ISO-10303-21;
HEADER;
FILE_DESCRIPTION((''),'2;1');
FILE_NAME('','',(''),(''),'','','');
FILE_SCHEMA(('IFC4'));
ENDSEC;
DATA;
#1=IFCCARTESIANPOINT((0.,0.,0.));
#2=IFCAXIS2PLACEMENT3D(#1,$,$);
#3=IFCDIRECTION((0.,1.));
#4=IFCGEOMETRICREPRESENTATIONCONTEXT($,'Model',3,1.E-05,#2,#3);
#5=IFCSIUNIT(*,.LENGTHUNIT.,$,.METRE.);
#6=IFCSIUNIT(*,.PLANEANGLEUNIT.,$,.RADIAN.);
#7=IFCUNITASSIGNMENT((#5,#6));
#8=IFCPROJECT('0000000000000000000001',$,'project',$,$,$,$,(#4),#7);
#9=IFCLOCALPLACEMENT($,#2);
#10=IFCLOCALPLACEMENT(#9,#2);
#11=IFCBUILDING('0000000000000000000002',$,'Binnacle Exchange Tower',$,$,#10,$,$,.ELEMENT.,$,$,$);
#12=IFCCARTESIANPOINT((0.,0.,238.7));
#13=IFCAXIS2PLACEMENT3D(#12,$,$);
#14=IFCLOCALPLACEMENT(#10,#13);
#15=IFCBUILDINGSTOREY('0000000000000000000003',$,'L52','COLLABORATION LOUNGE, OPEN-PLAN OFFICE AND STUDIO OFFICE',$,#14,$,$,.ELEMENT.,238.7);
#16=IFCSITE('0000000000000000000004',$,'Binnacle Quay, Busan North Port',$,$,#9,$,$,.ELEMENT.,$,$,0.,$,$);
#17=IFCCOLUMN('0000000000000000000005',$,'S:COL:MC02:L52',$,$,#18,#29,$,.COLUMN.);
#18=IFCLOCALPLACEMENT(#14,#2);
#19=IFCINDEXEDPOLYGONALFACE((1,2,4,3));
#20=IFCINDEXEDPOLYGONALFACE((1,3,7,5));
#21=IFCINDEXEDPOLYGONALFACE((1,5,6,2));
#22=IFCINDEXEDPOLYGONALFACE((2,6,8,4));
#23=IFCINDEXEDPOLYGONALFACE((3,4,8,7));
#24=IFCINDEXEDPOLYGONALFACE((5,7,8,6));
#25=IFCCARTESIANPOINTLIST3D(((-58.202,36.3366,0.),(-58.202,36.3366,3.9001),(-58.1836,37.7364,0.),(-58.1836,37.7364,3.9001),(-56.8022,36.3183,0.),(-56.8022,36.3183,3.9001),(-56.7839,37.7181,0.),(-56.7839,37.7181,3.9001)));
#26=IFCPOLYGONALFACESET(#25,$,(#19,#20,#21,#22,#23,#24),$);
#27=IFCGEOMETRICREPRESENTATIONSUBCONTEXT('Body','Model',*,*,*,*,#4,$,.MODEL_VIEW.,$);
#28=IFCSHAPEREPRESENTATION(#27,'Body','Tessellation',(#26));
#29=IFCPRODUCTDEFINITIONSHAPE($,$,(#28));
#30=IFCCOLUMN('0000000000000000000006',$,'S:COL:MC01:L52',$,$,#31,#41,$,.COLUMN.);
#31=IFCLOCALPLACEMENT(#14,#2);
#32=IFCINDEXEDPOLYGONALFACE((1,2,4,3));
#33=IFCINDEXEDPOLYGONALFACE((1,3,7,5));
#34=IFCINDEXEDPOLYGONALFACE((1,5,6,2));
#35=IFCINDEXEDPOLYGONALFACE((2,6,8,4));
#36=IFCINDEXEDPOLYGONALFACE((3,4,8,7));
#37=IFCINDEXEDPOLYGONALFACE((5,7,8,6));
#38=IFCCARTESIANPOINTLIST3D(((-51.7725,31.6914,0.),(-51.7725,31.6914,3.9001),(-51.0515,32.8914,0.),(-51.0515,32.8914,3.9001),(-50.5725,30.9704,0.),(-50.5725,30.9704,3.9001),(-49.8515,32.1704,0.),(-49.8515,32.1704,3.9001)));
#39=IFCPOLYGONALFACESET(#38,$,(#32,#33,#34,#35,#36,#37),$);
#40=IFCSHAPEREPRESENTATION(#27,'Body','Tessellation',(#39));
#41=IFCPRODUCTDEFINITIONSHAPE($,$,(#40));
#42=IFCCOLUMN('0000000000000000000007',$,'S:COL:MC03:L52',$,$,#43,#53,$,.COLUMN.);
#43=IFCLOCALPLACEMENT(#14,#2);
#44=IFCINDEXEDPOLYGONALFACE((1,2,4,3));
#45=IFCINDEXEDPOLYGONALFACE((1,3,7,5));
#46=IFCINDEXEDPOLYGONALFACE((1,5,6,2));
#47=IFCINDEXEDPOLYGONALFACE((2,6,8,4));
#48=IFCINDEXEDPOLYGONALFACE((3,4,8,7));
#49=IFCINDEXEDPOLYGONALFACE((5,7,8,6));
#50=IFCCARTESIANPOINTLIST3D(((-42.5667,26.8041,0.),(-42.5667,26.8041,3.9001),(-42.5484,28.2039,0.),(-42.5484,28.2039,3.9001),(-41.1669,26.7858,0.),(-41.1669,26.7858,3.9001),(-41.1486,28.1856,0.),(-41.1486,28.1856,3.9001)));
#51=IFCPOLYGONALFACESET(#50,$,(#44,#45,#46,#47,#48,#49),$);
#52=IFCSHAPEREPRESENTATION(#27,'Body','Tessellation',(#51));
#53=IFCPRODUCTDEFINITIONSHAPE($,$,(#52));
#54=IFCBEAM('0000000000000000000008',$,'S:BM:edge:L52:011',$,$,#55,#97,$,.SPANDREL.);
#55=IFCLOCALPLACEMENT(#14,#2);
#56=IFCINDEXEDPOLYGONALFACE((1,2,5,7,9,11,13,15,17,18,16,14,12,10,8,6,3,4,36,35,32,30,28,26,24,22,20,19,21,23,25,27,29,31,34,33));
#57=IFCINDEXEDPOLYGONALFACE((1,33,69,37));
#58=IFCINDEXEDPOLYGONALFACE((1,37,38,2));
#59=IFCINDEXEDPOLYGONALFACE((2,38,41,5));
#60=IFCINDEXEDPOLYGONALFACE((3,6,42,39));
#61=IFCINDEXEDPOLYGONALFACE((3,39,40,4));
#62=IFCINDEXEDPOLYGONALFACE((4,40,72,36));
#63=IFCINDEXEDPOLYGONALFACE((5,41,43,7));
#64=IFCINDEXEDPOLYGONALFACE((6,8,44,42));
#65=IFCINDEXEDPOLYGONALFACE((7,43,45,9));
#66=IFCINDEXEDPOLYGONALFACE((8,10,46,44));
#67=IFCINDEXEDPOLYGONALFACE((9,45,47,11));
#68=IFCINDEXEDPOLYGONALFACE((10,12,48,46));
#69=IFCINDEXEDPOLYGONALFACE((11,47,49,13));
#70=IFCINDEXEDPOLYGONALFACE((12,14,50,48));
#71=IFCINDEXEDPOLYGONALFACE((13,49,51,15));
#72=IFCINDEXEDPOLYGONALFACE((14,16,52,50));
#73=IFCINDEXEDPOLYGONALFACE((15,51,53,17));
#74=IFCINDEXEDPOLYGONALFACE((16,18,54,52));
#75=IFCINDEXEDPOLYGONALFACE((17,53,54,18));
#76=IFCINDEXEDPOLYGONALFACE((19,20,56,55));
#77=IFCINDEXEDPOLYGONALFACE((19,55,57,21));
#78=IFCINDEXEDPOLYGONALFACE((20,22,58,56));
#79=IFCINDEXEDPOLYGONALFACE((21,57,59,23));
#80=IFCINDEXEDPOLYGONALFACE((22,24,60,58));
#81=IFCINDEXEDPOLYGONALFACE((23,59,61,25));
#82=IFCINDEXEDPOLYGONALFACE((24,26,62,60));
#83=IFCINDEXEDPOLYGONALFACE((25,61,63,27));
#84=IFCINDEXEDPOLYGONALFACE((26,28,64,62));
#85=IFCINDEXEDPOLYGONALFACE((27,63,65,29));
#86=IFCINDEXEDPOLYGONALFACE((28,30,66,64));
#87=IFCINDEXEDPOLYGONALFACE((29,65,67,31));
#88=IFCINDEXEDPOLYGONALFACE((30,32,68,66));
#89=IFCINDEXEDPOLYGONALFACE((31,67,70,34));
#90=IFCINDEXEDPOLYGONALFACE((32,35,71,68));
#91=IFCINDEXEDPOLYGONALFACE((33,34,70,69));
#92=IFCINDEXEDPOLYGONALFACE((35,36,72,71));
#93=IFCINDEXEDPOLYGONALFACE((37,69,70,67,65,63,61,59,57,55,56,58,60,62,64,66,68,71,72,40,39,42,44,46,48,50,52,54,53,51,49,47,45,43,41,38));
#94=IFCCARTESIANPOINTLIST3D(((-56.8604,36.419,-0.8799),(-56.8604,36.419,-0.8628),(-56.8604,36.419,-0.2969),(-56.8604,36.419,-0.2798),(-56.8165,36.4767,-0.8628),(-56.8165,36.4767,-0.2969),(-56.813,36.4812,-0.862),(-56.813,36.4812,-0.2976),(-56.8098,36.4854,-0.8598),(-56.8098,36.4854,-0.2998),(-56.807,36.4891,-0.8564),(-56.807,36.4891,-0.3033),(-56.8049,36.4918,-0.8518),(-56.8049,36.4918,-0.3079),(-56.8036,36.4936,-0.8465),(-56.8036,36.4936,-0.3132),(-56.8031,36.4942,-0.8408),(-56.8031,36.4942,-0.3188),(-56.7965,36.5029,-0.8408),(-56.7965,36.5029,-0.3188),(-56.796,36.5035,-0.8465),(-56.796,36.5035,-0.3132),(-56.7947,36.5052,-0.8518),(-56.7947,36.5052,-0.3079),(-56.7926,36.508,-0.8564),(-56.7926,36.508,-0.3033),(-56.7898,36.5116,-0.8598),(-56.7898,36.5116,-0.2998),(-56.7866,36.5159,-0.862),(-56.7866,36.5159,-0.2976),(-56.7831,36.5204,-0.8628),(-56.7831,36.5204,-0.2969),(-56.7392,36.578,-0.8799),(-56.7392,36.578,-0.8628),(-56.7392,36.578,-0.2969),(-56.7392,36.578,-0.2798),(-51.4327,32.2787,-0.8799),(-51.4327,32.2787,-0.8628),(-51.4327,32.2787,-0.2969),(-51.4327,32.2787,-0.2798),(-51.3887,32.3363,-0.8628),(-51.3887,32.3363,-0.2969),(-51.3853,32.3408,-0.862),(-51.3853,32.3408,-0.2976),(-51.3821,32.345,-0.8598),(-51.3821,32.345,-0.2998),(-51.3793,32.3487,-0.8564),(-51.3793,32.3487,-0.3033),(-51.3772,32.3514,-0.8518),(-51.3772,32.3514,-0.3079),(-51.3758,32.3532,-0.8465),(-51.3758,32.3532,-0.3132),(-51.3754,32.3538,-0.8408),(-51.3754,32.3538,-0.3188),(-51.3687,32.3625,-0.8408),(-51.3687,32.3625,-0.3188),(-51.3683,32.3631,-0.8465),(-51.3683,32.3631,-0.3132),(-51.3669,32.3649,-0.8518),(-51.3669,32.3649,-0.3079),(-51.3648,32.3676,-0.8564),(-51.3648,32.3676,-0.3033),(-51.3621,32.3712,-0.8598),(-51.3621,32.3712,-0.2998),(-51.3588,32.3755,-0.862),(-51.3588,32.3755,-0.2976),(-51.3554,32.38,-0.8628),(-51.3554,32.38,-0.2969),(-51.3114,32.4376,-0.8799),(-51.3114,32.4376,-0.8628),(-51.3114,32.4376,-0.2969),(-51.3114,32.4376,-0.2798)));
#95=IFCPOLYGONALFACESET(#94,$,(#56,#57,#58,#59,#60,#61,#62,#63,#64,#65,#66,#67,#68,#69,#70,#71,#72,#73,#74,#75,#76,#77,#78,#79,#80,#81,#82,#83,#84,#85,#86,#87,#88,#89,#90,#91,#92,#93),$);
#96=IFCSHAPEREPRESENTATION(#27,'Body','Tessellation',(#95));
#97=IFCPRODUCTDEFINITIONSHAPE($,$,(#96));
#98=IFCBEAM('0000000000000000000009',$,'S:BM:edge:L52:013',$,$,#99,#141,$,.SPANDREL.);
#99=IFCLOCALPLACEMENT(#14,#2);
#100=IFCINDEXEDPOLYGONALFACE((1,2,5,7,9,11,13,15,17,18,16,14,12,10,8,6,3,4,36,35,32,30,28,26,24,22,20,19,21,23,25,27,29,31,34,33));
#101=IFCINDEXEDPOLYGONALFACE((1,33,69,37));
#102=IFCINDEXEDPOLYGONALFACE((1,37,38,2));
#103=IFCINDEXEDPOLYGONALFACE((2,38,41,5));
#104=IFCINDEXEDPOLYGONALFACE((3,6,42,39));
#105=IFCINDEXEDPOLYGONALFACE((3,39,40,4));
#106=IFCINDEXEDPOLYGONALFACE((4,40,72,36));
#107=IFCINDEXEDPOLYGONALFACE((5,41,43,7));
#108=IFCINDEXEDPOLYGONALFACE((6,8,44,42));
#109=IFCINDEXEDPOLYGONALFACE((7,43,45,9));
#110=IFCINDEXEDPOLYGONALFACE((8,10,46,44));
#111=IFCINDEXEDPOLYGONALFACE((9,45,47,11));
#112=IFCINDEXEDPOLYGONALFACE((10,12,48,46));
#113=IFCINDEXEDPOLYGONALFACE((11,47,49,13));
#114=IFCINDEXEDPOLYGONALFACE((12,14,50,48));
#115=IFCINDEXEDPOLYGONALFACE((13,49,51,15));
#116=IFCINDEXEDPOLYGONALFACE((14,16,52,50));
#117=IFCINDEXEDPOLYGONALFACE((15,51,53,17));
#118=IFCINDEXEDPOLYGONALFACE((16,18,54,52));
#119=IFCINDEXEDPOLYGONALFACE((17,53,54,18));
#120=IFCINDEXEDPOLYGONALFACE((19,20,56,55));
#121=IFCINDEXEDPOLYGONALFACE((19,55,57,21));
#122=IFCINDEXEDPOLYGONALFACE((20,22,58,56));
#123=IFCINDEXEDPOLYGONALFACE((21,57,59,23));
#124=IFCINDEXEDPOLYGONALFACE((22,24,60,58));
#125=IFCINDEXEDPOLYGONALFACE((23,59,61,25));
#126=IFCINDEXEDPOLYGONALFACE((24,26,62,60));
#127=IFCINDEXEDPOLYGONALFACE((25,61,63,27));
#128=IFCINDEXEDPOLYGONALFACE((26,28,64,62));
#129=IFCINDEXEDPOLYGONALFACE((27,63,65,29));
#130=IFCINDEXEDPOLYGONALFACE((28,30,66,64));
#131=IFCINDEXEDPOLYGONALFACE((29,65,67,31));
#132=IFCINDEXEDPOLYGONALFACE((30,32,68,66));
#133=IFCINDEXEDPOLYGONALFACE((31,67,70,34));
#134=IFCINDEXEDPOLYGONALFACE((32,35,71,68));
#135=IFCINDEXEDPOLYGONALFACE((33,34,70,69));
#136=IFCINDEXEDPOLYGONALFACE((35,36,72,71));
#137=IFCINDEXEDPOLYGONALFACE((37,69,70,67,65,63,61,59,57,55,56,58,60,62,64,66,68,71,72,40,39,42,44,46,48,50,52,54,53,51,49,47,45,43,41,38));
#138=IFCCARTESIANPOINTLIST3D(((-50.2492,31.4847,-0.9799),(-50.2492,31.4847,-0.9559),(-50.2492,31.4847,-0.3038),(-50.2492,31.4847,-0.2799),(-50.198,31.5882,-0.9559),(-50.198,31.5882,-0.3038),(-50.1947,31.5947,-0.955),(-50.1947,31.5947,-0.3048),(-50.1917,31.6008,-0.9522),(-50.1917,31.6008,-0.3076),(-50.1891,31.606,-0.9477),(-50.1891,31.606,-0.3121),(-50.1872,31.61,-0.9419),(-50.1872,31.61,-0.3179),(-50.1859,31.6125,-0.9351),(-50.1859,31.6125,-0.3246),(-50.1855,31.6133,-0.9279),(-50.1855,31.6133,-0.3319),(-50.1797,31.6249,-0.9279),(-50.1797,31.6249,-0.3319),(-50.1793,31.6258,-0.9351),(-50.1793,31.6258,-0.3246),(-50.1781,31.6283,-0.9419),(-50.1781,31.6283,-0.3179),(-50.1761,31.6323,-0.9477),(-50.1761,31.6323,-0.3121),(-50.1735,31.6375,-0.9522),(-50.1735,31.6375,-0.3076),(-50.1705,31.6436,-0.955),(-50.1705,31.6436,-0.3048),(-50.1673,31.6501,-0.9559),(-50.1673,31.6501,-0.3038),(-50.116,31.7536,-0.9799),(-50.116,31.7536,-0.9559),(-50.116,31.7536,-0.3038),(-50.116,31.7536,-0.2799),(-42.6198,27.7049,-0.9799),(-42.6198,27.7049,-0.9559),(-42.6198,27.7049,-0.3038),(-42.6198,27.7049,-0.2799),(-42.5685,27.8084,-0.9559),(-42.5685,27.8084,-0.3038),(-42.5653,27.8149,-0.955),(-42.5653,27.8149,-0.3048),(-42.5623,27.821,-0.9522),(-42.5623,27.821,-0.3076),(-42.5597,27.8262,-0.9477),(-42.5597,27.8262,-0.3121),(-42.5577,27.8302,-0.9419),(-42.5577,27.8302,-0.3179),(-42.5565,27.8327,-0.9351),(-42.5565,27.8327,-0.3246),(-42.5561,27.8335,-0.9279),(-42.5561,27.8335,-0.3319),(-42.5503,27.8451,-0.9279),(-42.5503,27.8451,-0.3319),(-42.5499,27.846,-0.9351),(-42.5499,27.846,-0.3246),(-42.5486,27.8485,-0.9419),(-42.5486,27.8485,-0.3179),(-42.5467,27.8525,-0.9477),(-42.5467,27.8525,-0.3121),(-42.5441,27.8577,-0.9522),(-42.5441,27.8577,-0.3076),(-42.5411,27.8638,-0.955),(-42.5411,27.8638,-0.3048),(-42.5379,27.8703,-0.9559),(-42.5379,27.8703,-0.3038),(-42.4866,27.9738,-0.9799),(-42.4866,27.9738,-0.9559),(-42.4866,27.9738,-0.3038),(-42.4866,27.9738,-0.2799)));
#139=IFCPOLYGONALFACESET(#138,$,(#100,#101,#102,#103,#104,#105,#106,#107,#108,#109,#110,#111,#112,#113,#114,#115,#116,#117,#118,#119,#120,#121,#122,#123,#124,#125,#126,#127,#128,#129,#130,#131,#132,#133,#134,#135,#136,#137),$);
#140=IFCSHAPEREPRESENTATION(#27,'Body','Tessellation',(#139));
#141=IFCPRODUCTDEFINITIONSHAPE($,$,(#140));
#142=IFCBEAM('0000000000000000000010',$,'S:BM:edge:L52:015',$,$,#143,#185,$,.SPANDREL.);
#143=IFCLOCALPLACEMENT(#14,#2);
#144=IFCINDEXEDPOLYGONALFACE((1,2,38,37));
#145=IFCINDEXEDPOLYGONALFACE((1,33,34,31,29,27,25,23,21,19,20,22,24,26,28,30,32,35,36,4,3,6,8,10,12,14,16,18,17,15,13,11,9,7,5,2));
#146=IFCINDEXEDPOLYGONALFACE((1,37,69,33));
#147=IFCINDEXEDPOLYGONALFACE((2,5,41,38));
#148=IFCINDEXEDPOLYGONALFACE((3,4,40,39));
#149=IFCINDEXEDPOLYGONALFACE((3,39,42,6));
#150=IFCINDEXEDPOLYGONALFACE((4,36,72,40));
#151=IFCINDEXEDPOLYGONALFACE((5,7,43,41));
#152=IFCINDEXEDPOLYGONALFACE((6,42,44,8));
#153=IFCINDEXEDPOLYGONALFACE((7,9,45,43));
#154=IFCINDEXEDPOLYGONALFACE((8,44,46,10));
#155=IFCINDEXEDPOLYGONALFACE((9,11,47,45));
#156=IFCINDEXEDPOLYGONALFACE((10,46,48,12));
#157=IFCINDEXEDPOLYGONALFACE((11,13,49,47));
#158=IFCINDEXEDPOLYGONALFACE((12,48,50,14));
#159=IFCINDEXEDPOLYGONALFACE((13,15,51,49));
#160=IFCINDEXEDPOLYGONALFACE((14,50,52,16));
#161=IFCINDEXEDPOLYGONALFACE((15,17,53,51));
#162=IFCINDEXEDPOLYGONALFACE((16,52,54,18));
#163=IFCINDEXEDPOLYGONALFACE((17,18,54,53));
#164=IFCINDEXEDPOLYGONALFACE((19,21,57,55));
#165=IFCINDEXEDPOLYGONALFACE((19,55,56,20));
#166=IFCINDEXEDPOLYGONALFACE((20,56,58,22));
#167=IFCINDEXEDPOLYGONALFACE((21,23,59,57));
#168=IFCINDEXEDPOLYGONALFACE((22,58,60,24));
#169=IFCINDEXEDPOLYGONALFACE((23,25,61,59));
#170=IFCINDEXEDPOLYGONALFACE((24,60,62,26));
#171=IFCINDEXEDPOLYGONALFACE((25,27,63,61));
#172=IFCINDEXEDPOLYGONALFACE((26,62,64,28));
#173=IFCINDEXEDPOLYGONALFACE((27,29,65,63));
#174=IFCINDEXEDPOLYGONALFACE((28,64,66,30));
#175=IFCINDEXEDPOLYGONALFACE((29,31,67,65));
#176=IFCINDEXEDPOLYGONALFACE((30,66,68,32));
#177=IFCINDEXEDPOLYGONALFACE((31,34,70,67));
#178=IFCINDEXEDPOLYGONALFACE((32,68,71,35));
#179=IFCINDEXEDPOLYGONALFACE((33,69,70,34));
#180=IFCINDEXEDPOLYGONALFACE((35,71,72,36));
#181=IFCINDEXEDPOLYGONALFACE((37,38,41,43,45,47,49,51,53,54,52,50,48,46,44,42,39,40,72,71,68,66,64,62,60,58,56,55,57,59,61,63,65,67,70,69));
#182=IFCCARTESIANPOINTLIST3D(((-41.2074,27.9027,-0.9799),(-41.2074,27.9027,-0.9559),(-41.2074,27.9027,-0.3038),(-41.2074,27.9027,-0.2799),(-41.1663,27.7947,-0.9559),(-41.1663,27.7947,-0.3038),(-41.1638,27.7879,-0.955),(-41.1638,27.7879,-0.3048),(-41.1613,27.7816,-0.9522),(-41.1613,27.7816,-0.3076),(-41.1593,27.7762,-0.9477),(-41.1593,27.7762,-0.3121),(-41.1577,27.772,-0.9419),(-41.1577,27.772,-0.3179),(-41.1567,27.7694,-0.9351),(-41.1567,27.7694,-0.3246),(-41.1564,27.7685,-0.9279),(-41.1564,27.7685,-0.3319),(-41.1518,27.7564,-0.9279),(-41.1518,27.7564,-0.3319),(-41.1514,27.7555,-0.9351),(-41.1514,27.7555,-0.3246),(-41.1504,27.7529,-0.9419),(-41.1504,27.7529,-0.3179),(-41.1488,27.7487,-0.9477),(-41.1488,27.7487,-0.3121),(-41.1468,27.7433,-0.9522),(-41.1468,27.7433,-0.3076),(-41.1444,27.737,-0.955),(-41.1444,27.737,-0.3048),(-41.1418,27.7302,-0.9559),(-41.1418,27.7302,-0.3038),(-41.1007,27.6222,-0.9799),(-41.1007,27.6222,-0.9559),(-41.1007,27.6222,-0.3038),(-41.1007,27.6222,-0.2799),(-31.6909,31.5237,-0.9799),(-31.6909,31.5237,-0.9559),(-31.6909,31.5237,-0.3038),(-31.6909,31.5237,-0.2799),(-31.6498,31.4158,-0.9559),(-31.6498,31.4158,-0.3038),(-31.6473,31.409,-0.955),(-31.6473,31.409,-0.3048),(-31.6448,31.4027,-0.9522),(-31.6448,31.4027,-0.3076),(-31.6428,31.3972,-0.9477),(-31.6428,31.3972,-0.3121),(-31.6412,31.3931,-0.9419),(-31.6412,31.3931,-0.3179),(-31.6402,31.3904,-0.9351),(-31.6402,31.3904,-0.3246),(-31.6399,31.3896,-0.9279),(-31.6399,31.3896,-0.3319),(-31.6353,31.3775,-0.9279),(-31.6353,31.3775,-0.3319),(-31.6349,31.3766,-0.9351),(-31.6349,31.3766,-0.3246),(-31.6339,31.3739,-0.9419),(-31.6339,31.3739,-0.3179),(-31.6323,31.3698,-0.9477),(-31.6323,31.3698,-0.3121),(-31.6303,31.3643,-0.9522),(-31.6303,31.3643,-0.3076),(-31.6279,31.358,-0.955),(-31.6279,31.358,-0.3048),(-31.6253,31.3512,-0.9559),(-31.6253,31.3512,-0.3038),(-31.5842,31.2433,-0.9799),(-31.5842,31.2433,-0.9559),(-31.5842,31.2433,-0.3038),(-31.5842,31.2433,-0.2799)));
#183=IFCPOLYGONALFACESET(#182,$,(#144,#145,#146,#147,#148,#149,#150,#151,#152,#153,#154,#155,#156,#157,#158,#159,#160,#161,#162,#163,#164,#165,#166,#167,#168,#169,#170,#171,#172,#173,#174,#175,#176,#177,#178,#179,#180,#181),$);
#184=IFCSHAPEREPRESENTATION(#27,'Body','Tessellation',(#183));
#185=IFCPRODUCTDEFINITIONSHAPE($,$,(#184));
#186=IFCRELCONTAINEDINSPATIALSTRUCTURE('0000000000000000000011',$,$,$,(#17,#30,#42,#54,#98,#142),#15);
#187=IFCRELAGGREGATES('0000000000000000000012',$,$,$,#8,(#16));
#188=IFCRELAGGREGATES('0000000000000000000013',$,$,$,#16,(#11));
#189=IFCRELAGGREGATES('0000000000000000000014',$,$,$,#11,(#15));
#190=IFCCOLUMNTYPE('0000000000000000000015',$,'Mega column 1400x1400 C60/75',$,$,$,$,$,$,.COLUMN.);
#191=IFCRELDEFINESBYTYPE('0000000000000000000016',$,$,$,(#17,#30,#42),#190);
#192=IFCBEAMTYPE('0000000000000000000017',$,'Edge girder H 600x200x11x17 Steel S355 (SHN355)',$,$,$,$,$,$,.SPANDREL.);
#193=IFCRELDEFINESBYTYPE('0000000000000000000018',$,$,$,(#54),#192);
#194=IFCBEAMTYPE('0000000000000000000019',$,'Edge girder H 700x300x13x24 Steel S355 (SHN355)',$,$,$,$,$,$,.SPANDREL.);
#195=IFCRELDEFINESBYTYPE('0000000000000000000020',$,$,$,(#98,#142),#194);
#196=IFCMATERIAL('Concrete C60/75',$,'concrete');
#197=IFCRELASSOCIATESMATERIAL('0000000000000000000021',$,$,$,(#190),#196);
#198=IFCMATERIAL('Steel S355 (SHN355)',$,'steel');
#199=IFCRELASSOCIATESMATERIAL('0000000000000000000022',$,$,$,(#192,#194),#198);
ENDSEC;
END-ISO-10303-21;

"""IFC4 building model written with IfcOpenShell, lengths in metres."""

from ifc_helpers import new_model, si_unit, direction, frame, origin, origin_2d, place, context, subcontext, project, spatial, rectangle, i_section, extrude, material, material_profile, profile_set, type_object, element, save


model = new_model("IFC4")

# Units and contexts
model_context = context("Model", 3, precision=1e-05, world=origin(), true_north=direction((0.0, 1.0)))
body_context = subcontext(model_context, "Body", "Model", "MODEL_VIEW")
ifc_project = project(units=[si_unit("LENGTHUNIT", "METRE"), si_unit("PLANEANGLEUNIT", "RADIAN")], contexts=[model_context])

# Site, building, storey
site_placement = place(None, origin())
site = spatial("IfcSite", under=ifc_project, at=site_placement, Name="Binnacle Quay, Busan North Port", CompositionType="ELEMENT", RefElevation=0.0)
building_placement = place(site_placement, origin())
building = spatial("IfcBuilding", under=site, at=building_placement, Name="Binnacle Exchange Tower", CompositionType="ELEMENT")
storey_placement = place(building_placement, frame((0.0, 0.0, 238.7)))
storey = spatial("IfcBuildingStorey", under=building, at=storey_placement, Name="L52", Description="COLLABORATION LOUNGE, OPEN-PLAN OFFICE AND STUDIO OFFICE", CompositionType="ELEMENT", Elevation=238.7)

# Columns
ifc_material_1 = material(Name="Concrete C60/75", Category="concrete")
ifc_material_profile_1 = material_profile(ifc_material_1, rectangle(XDim=1.3999, YDim=1.3999, at=origin_2d()), Name="Mega column 1400x1400 C60/75")
ifc_profile_set_1 = profile_set([ifc_material_profile_1], Name="Concrete C60/75")
column_type = type_object("IfcColumnType", Name="Mega column 1400x1400 C60/75", PredefinedType="COLUMN", material=ifc_profile_set_1)
for number, where, z_axis, x_axis, name in (
    (1, (-57.4929, 37.0273, 0.0), (0.0, 0.0, 1.0), (-0.01309, -0.999914, 0.0), "S:COL:MC02:L52"),
    (2, (-50.812, 31.9309, 0.0), (0.0, 0.0, 1.0), (0.857167, -0.515038, 0.0), "S:COL:MC01:L52"),
    (3, (-41.8577, 27.4949, 0.0), (0.0, 0.0, 1.0), (0.999914, -0.01309, 0.0), "S:COL:MC03:L52"),
):
    element("IfcColumn", number, at=place(storey_placement, frame(where, z_axis=z_axis, x_axis=x_axis)), inside=storey, type_object=column_type, Name=name, PredefinedType="COLUMN", context=body_context, shape_type="SweptSolid", body=[
        extrude(rectangle(XDim=1.3999, YDim=1.3999, at=origin_2d()), origin(), (0.0, 0.0, 1.0), 3.9001),
    ])

# Beams
ifc_material_2 = material(Name="Steel S355 (SHN355)", Category="steel")
ifc_material_profile_2 = material_profile(ifc_material_2, i_section(OverallWidth=0.2, OverallDepth=0.6001, WebThickness=0.011, FlangeThickness=0.0171, FilletRadius=0.022, at=origin_2d()), Name="H 600x200x11x17")
ifc_profile_set_2 = profile_set([ifc_material_profile_2], Name="Steel S355 (SHN355)")
beam_type_1 = type_object("IfcBeamType", Name="Edge girder H 600x200x11x17 Steel S355 (SHN355)", PredefinedType="SPANDREL", material=ifc_profile_set_2)
beam_1_placement = place(storey_placement, frame((-56.7998, 36.4985, -0.5798), z_axis=(0.795081, -0.606503, 0.0), x_axis=(0.606503, 0.795081, 0.0)))
element("IfcBeam", 4, at=beam_1_placement, inside=storey, type_object=beam_type_1, Name="S:BM:edge:L52:011", PredefinedType="SPANDREL", context=body_context, shape_type="SweptSolid", body=[
    extrude(i_section(OverallWidth=0.2, OverallDepth=0.6001, WebThickness=0.011, FlangeThickness=0.0171, FilletRadius=0.022, at=origin_2d()), origin(), (0.0, 0.0, 1.0), 6.8267),
])
ifc_material_profile_3 = material_profile(ifc_material_2, i_section(OverallWidth=0.3, OverallDepth=0.7, WebThickness=0.0129, FlangeThickness=0.0239, FilletRadius=0.0281, at=origin_2d()), Name="H 700x300x13x24")
ifc_profile_set_3 = profile_set([ifc_material_profile_3], Name="Steel S355 (SHN355)")
beam_type_2 = type_object("IfcBeamType", Name="Edge girder H 700x300x13x24 Steel S355 (SHN355)", PredefinedType="SPANDREL", material=ifc_profile_set_3)
beam_2_placement = place(storey_placement, frame((-50.1826, 31.6191, -0.6299), z_axis=(0.896061, -0.44393, 0.0), x_axis=(0.44393, 0.896061, 0.0)))
element("IfcBeam", 5, at=beam_2_placement, inside=storey, type_object=beam_type_2, Name="S:BM:edge:L52:013", PredefinedType="SPANDREL", context=body_context, shape_type="SweptSolid", body=[
    extrude(i_section(OverallWidth=0.3, OverallDepth=0.7, WebThickness=0.0129, FlangeThickness=0.0239, FilletRadius=0.0281, at=origin_2d()), origin(), (0.0, 0.0, 1.0), 8.5144),
])
beam_3_placement = place(storey_placement, frame((-41.1541, 27.7625, -0.6299), z_axis=(0.934627, 0.355628, 0.0), x_axis=(-0.355628, 0.934627, 0.0)))
element("IfcBeam", 6, at=beam_3_placement, inside=storey, type_object=beam_type_2, Name="S:BM:edge:L52:015", PredefinedType="SPANDREL", context=body_context, shape_type="SweptSolid", body=[
    extrude(i_section(OverallWidth=0.3, OverallDepth=0.7, WebThickness=0.0129, FlangeThickness=0.0239, FilletRadius=0.0281, at=origin_2d()), origin(), (0.0, 0.0, 1.0), 10.1821),
])

save(model, "model.ifc")
